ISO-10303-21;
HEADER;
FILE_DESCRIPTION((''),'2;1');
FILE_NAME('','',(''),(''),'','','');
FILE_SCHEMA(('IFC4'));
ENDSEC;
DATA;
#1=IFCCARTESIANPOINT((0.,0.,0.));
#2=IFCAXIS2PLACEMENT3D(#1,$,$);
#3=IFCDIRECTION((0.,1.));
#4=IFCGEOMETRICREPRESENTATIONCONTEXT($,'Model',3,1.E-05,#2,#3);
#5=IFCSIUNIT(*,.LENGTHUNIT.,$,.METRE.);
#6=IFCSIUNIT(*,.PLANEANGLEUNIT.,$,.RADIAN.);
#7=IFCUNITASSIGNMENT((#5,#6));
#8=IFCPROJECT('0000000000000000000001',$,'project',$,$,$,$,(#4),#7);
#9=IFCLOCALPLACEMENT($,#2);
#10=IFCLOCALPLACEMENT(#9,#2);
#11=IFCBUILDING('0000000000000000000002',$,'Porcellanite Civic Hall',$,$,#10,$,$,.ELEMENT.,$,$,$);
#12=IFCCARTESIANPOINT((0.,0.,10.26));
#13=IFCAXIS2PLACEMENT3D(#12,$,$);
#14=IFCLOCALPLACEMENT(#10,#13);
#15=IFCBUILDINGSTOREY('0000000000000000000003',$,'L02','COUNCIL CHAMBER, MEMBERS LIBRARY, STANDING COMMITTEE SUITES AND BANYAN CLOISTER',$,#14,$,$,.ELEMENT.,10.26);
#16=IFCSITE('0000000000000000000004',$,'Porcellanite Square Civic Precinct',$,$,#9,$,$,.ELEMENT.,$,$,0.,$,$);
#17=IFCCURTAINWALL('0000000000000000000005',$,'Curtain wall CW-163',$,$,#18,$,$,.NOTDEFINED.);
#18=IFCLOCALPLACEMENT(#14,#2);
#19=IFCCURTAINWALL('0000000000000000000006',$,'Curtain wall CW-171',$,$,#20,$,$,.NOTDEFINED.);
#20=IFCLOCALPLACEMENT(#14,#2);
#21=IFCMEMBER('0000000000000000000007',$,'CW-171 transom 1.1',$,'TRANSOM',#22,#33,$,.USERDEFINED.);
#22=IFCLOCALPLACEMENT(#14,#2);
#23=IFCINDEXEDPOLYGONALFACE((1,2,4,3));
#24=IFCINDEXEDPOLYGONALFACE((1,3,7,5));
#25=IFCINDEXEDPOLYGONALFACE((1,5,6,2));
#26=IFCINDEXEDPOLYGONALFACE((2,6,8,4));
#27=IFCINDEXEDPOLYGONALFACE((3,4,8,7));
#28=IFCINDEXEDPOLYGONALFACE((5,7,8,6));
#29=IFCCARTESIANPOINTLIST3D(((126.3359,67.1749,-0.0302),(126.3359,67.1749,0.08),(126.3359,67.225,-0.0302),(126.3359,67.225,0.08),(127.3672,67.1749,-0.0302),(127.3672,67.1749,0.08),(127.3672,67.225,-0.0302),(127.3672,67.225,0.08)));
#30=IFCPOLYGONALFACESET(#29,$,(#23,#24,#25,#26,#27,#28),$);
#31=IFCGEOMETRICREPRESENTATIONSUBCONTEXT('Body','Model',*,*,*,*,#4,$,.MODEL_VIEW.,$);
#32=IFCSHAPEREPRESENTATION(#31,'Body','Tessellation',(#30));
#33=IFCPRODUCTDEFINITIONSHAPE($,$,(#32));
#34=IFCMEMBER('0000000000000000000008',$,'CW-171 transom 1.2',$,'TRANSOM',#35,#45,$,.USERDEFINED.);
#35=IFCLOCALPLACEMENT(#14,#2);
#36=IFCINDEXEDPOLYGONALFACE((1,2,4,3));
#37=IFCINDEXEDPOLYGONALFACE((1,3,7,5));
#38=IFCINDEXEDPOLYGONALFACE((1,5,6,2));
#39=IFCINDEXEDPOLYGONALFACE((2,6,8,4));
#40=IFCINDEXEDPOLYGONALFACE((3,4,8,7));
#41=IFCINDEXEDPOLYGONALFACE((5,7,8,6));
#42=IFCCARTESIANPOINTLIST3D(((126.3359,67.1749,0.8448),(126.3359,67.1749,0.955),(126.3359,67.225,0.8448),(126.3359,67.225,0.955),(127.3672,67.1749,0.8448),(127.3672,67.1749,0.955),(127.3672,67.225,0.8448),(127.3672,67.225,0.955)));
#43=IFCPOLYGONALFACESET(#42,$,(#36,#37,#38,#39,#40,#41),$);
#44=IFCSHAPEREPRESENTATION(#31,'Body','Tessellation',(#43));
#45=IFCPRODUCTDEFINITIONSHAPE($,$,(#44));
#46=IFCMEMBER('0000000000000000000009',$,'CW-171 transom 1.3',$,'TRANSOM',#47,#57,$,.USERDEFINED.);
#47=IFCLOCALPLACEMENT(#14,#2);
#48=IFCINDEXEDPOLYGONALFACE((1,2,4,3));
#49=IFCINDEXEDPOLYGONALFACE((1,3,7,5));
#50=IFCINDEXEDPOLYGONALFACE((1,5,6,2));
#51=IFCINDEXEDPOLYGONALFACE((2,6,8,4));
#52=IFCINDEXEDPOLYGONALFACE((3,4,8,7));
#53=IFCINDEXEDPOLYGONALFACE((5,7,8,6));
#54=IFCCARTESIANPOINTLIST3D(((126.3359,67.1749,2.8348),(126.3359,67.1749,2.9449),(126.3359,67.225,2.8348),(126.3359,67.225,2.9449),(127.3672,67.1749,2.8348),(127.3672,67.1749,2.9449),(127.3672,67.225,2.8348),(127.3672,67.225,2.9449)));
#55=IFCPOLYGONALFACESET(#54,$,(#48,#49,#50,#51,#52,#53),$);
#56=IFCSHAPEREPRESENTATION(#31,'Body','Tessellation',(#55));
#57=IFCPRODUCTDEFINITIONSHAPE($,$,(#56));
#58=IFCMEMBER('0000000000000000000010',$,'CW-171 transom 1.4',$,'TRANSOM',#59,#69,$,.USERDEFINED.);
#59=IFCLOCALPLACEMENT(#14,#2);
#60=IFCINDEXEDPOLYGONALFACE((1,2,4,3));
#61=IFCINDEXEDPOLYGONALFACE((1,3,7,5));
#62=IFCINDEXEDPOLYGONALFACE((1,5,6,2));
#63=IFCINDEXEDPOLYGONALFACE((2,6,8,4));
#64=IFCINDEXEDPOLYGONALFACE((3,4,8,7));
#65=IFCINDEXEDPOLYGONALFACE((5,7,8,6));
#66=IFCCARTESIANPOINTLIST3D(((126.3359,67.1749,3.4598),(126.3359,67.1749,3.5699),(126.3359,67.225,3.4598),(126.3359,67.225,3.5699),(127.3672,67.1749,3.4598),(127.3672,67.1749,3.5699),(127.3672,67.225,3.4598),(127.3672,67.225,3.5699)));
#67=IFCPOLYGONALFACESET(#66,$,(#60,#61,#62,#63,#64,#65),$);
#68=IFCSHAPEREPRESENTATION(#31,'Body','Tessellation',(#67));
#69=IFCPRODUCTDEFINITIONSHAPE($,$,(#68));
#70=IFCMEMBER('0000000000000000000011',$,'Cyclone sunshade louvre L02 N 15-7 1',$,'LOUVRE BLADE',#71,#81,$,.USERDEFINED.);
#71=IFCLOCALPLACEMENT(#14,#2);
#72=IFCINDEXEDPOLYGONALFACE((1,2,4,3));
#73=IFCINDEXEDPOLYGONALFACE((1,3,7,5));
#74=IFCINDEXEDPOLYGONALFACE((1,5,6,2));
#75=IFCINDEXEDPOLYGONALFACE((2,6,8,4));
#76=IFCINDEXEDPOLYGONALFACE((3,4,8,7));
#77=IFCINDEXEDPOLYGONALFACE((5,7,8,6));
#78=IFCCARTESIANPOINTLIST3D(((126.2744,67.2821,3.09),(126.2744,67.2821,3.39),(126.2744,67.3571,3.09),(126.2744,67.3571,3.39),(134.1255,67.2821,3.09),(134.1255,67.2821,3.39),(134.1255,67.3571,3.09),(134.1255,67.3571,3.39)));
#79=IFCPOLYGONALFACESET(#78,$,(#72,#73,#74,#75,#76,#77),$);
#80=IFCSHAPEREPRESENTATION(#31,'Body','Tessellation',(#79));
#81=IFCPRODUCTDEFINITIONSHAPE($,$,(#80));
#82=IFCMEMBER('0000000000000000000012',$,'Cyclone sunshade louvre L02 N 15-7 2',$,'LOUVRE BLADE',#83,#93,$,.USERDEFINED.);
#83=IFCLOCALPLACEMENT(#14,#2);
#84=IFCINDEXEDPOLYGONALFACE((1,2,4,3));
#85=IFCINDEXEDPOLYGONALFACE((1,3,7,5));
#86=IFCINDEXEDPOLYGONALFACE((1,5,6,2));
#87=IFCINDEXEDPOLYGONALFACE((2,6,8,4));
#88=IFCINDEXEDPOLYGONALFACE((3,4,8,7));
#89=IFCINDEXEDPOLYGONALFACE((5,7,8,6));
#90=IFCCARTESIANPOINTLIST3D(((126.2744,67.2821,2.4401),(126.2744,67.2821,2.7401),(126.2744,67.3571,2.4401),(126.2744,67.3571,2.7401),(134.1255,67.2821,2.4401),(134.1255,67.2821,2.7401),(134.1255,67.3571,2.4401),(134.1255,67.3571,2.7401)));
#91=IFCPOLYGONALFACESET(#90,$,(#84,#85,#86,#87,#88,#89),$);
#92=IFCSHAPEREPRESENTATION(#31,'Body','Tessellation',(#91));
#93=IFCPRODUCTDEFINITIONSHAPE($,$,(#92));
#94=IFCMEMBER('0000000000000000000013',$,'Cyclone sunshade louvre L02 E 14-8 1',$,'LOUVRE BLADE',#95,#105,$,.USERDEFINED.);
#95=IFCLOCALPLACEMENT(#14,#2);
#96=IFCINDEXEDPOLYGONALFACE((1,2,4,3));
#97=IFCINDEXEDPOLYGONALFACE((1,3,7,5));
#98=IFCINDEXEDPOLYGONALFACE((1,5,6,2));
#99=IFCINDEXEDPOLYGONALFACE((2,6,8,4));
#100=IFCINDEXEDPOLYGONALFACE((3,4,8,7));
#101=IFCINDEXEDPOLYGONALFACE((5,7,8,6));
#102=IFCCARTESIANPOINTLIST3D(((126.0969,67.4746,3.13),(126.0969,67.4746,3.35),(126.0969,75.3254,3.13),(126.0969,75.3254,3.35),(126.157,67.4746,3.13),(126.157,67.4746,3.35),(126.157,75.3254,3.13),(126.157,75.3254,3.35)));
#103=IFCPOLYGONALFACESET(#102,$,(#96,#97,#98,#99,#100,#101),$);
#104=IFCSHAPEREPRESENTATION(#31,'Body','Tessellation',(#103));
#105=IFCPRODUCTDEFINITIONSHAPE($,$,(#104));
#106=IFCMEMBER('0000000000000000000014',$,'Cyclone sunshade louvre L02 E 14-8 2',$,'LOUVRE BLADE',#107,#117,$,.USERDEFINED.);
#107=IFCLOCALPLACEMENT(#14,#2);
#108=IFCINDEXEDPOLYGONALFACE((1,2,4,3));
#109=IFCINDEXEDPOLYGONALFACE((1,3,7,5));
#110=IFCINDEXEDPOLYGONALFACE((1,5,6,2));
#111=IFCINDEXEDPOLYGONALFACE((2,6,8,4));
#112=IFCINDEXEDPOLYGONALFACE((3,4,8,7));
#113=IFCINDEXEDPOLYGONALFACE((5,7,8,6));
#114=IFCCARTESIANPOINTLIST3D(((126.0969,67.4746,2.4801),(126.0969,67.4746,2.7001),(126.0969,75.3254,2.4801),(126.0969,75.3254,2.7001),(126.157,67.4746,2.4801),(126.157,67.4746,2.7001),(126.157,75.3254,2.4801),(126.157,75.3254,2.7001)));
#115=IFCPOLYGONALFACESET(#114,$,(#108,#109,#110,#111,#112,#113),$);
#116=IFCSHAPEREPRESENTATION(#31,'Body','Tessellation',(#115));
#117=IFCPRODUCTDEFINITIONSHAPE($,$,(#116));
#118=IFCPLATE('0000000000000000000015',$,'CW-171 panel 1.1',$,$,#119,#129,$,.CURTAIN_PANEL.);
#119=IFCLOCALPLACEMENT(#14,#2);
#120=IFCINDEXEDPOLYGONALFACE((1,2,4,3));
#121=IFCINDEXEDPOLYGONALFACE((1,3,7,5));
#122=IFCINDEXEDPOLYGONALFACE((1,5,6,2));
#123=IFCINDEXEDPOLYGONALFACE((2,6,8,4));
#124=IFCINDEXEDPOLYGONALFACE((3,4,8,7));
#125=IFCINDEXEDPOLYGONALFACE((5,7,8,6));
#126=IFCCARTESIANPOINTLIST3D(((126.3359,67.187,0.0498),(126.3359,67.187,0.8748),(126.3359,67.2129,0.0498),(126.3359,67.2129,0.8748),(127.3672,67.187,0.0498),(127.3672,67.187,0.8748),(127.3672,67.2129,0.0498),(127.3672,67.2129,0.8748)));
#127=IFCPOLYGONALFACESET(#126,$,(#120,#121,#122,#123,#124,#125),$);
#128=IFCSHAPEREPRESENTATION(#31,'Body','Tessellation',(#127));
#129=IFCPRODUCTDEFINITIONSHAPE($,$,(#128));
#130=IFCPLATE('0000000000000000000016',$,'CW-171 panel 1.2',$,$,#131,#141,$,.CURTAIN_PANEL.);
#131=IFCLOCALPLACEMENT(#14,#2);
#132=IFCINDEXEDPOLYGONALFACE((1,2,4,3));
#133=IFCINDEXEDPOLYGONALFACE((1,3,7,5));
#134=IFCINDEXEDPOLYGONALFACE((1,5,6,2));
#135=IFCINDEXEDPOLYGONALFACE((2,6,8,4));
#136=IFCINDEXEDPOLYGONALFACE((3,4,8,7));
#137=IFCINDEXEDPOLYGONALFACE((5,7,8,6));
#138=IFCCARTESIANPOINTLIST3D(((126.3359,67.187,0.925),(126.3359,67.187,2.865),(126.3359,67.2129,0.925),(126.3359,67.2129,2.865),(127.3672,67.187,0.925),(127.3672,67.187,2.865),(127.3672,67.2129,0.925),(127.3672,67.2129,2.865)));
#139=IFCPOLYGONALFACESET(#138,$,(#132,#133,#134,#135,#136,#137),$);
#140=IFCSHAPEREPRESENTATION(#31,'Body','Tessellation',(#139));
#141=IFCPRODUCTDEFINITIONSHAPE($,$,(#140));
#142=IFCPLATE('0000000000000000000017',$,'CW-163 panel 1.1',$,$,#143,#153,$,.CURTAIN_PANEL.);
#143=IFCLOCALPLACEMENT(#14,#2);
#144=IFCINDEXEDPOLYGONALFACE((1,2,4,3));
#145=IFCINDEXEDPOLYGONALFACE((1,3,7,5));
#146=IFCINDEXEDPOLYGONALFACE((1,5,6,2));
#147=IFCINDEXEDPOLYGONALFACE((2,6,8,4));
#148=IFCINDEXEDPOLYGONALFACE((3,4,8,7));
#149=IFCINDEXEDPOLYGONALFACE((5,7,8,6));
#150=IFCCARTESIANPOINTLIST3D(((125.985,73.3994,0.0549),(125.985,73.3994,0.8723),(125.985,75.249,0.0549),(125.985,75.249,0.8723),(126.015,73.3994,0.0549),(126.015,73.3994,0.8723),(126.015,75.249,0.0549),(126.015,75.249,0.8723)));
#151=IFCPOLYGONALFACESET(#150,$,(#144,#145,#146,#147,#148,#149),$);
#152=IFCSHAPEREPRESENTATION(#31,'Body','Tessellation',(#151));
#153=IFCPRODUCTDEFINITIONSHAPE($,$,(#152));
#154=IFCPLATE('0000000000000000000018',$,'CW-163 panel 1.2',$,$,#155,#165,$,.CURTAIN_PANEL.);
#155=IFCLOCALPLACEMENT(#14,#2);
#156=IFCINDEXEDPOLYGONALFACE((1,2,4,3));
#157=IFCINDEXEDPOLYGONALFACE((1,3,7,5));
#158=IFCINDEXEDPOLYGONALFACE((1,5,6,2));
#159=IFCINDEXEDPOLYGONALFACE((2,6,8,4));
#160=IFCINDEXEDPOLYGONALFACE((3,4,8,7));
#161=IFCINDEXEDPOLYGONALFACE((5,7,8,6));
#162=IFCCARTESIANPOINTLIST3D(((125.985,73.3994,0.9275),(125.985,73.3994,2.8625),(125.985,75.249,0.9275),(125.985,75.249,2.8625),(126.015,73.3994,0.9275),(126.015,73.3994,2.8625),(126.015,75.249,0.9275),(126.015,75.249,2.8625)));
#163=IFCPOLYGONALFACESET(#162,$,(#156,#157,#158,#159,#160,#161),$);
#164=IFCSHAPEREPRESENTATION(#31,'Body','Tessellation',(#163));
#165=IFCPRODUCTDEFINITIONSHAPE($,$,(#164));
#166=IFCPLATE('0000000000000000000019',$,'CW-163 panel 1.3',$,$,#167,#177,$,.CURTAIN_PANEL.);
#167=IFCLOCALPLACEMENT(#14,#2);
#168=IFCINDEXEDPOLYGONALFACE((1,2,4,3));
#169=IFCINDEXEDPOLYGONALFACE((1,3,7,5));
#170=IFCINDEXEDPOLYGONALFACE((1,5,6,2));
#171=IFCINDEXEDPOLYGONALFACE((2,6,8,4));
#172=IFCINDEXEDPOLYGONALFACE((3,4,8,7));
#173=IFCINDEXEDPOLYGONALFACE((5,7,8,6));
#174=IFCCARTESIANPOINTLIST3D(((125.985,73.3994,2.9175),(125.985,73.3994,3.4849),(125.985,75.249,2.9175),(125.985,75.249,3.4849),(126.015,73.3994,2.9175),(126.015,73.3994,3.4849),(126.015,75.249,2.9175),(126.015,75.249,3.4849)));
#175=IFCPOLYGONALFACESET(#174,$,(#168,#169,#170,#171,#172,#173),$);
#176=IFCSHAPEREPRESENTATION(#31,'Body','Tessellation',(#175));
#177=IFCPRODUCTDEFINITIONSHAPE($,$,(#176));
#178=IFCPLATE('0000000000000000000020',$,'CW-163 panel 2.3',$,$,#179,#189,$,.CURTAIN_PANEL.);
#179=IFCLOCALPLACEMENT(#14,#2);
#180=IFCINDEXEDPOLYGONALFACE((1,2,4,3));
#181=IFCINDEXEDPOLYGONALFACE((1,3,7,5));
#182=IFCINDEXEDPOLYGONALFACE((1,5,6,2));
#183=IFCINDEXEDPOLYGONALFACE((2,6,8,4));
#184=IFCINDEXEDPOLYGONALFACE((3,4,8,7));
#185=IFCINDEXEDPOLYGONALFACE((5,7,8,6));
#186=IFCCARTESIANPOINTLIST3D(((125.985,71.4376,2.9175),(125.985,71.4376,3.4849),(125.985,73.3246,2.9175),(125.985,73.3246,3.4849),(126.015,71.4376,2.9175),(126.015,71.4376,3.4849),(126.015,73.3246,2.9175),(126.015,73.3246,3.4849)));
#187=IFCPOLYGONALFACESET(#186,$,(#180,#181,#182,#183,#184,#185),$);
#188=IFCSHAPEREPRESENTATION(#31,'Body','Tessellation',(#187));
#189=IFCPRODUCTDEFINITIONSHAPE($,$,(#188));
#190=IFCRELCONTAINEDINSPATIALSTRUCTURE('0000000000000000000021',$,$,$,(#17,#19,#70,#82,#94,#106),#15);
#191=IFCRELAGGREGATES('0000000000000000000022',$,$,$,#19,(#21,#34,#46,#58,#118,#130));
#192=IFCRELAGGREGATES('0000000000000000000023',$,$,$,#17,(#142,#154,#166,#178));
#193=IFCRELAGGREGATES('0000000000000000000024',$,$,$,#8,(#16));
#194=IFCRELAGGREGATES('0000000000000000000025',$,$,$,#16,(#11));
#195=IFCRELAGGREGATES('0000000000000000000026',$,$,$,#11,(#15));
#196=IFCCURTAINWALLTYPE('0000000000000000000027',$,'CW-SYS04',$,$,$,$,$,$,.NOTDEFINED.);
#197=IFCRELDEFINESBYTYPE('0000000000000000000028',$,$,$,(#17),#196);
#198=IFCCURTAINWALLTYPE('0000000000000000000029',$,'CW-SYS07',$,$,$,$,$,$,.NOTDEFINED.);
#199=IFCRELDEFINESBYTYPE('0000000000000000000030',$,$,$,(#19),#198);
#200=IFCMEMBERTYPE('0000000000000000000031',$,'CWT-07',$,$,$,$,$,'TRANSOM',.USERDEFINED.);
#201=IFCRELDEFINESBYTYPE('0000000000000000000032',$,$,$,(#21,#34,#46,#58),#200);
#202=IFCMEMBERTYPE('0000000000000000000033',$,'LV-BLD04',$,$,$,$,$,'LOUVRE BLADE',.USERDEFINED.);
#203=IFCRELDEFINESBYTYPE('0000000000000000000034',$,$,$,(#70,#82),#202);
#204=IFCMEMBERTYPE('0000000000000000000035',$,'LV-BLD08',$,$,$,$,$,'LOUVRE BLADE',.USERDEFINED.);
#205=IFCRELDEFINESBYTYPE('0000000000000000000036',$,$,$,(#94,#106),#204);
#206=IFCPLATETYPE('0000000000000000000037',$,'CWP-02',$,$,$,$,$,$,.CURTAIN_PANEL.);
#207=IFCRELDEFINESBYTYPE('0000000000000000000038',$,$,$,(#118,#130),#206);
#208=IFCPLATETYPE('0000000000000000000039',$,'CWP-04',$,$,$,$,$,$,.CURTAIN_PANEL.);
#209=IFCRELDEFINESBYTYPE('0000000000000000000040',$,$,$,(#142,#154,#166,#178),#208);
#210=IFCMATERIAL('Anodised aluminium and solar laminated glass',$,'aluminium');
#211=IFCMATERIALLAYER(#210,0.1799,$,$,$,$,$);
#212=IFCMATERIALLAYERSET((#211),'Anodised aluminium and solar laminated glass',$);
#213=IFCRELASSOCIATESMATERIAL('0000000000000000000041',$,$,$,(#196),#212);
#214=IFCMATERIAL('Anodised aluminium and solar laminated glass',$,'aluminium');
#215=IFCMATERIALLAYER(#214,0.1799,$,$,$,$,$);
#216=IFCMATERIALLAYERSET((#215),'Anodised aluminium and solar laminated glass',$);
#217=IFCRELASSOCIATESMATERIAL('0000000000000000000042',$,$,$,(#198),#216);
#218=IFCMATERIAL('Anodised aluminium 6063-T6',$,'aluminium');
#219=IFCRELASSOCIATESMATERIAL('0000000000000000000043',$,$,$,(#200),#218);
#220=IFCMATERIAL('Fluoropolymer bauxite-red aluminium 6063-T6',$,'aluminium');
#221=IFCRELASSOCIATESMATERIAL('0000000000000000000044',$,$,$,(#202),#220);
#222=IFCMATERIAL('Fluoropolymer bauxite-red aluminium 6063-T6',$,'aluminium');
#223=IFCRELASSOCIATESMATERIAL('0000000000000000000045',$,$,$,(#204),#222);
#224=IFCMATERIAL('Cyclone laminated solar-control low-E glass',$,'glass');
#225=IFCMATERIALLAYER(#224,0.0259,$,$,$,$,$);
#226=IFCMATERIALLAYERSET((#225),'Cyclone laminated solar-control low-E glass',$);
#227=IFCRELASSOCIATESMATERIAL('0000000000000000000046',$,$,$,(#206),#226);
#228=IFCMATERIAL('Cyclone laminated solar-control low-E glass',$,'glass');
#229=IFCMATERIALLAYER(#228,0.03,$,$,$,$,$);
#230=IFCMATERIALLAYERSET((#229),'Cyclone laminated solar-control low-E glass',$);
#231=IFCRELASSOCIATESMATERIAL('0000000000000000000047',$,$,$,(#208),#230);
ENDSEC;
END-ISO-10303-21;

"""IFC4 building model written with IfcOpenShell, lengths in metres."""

from ifc_helpers import new_model, si_unit, direction, frame, origin, origin_2d, place, context, subcontext, project, spatial, rectangle, extrude, material, layer, layer_set, material_profile, profile_set, type_object, element, aggregate, save


model = new_model("IFC4")

# Units and contexts
model_context = context("Model", 3, precision=1e-05, world=origin(), true_north=direction((0.0, 1.0)))
body_context = subcontext(model_context, "Body", "Model", "MODEL_VIEW")
ifc_project = project(units=[si_unit("LENGTHUNIT", "METRE"), si_unit("PLANEANGLEUNIT", "RADIAN")], contexts=[model_context])

# Site, building, storey
site_placement = place(None, origin())
site = spatial("IfcSite", under=ifc_project, at=site_placement, Name="Porcellanite Square Civic Precinct", CompositionType="ELEMENT", RefElevation=0.0)
building_placement = place(site_placement, origin())
building = spatial("IfcBuilding", under=site, at=building_placement, Name="Porcellanite Civic Hall", CompositionType="ELEMENT")
storey_placement = place(building_placement, frame((0.0, 0.0, 10.26)))
storey = spatial("IfcBuildingStorey", under=building, at=storey_placement, Name="L02", Description="COUNCIL CHAMBER, MEMBERS LIBRARY, STANDING COMMITTEE SUITES AND BANYAN CLOISTER", CompositionType="ELEMENT", Elevation=10.26)

# Curtain wall
ifc_material_1 = material(Name="Anodised aluminium and solar laminated glass", Category="aluminium")
ifc_layer_1 = layer(ifc_material_1, 0.1799)
ifc_layer_set_1 = layer_set([ifc_layer_1], Name="Anodised aluminium and solar laminated glass")
curtain_wall_type_1 = type_object("IfcCurtainWallType", Name="CW-SYS04", PredefinedType="NOTDEFINED", material=ifc_layer_set_1)
curtain_wall_1_placement = place(storey_placement, origin())
curtain_wall_1 = element("IfcCurtainWall", 1, at=curtain_wall_1_placement, inside=storey, type_object=curtain_wall_type_1, Name="Curtain wall CW-163", PredefinedType="NOTDEFINED")

# Curtain wall
ifc_material_2 = material(Name="Anodised aluminium and solar laminated glass", Category="aluminium")
ifc_layer_2 = layer(ifc_material_2, 0.1799)
ifc_layer_set_2 = layer_set([ifc_layer_2], Name="Anodised aluminium and solar laminated glass")
curtain_wall_type_2 = type_object("IfcCurtainWallType", Name="CW-SYS07", PredefinedType="NOTDEFINED", material=ifc_layer_set_2)
curtain_wall_2_placement = place(storey_placement, origin())
curtain_wall_2 = element("IfcCurtainWall", 2, at=curtain_wall_2_placement, inside=storey, type_object=curtain_wall_type_2, Name="Curtain wall CW-171", PredefinedType="NOTDEFINED")

# Members
ifc_material_3 = material(Name="Anodised aluminium 6063-T6", Category="aluminium")
ifc_material_profile_1 = material_profile(ifc_material_3, rectangle(XDim=0.05, YDim=0.1101, at=origin_2d()), Name="AL-50x110")
ifc_profile_set_1 = profile_set([ifc_material_profile_1], Name="Anodised aluminium 6063-T6")
member_type_1 = type_object("IfcMemberType", Name="CWT-07", ElementType="TRANSOM", PredefinedType="USERDEFINED", material=ifc_profile_set_1)
member_1_placement = place(storey_placement, frame((126.3359, 67.2, 0.0249), z_axis=(1.0, 0.0, 0.0), x_axis=(0.0, 1.0, 0.0)))
member_1 = element("IfcMember", 3, at=member_1_placement, type_object=member_type_1, Name="CW-171 transom 1.1", ObjectType="TRANSOM", PredefinedType="USERDEFINED", context=body_context, shape_type="SweptSolid", body=[
    extrude(rectangle(XDim=0.05, YDim=0.1101, at=origin_2d()), origin(), (0.0, 0.0, 1.0), 1.0312),
])
member_2_placement = place(storey_placement, frame((126.3359, 67.2, 0.8999), z_axis=(1.0, 0.0, 0.0), x_axis=(0.0, 1.0, 0.0)))
member_2 = element("IfcMember", 4, at=member_2_placement, type_object=member_type_1, Name="CW-171 transom 1.2", ObjectType="TRANSOM", PredefinedType="USERDEFINED", context=body_context, shape_type="SweptSolid", body=[
    extrude(rectangle(XDim=0.05, YDim=0.1101, at=origin_2d()), origin(), (0.0, 0.0, 1.0), 1.0312),
])
member_3_placement = place(storey_placement, frame((126.3359, 67.2, 2.8899), z_axis=(1.0, 0.0, 0.0), x_axis=(0.0, 1.0, 0.0)))
member_3 = element("IfcMember", 5, at=member_3_placement, type_object=member_type_1, Name="CW-171 transom 1.3", ObjectType="TRANSOM", PredefinedType="USERDEFINED", context=body_context, shape_type="SweptSolid", body=[
    extrude(rectangle(XDim=0.05, YDim=0.1101, at=origin_2d()), origin(), (0.0, 0.0, 1.0), 1.0312),
])
member_4_placement = place(storey_placement, frame((126.3359, 67.2, 3.5149), z_axis=(1.0, 0.0, 0.0), x_axis=(0.0, 1.0, 0.0)))
member_4 = element("IfcMember", 6, at=member_4_placement, type_object=member_type_1, Name="CW-171 transom 1.4", ObjectType="TRANSOM", PredefinedType="USERDEFINED", context=body_context, shape_type="SweptSolid", body=[
    extrude(rectangle(XDim=0.05, YDim=0.1101, at=origin_2d()), origin(), (0.0, 0.0, 1.0), 1.0312),
])

# Members
ifc_material_4 = material(Name="Fluoropolymer bauxite-red aluminium 6063-T6", Category="aluminium")
ifc_material_profile_2 = material_profile(ifc_material_4, rectangle(XDim=0.075, YDim=0.3, at=origin_2d()), Name="AL-75x300")
ifc_profile_set_2 = profile_set([ifc_material_profile_2], Name="Fluoropolymer bauxite-red aluminium 6063-T6")
member_type_2 = type_object("IfcMemberType", Name="LV-BLD04", ElementType="LOUVRE BLADE", PredefinedType="USERDEFINED", material=ifc_profile_set_2)
for number, where, z_axis, x_axis, name in (
    (7, (126.2744, 67.3196, 3.24), (1.0, 0.0, 0.0), (0.0, 1.0, 0.0), "Cyclone sunshade louvre L02 N 15-7 1"),
    (8, (126.2744, 67.3196, 2.5901), (1.0, 0.0, 0.0), (0.0, 1.0, 0.0), "Cyclone sunshade louvre L02 N 15-7 2"),
):
    element("IfcMember", number, at=place(storey_placement, frame(where, z_axis=z_axis, x_axis=x_axis)), inside=storey, type_object=member_type_2, Name=name, ObjectType="LOUVRE BLADE", PredefinedType="USERDEFINED", context=body_context, shape_type="SweptSolid", body=[
        extrude(rectangle(XDim=0.075, YDim=0.3, at=origin_2d()), origin(), (0.0, 0.0, 1.0), 7.8511),
    ])
ifc_material_5 = material(Name="Fluoropolymer bauxite-red aluminium 6063-T6", Category="aluminium")
ifc_material_profile_3 = material_profile(ifc_material_5, rectangle(XDim=0.0601, YDim=0.22, at=origin_2d()), Name="AL-60x220")
ifc_profile_set_3 = profile_set([ifc_material_profile_3], Name="Fluoropolymer bauxite-red aluminium 6063-T6")
member_type_3 = type_object("IfcMemberType", Name="LV-BLD08", ElementType="LOUVRE BLADE", PredefinedType="USERDEFINED", material=ifc_profile_set_3)
for number, where, z_axis, x_axis, name in (
    (9, (126.127, 75.3254, 3.24), (0.0, -1.0, 0.0), (1.0, 0.0, 0.0), "Cyclone sunshade louvre L02 E 14-8 1"),
    (10, (126.127, 75.3254, 2.5901), (0.0, -1.0, 0.0), (1.0, 0.0, 0.0), "Cyclone sunshade louvre L02 E 14-8 2"),
):
    element("IfcMember", number, at=place(storey_placement, frame(where, z_axis=z_axis, x_axis=x_axis)), inside=storey, type_object=member_type_3, Name=name, ObjectType="LOUVRE BLADE", PredefinedType="USERDEFINED", context=body_context, shape_type="SweptSolid", body=[
        extrude(rectangle(XDim=0.0601, YDim=0.22, at=origin_2d()), origin(), (0.0, 0.0, 1.0), 7.8508),
    ])

# Plates
ifc_material_6 = material(Name="Cyclone laminated solar-control low-E glass", Category="glass")
ifc_layer_3 = layer(ifc_material_6, 0.0259)
ifc_layer_set_3 = layer_set([ifc_layer_3], Name="Cyclone laminated solar-control low-E glass")
plate_type_1 = type_object("IfcPlateType", Name="CWP-02", PredefinedType="CURTAIN_PANEL", material=ifc_layer_set_3)
plate_1_placement = place(storey_placement, frame((126.8516, 67.2, 0.0498), z_axis=(0.0, 0.0, 1.0), x_axis=(1.0, 0.0, 0.0)))
plate_1 = element("IfcPlate", 11, at=plate_1_placement, type_object=plate_type_1, Name="CW-171 panel 1.1", PredefinedType="CURTAIN_PANEL", context=body_context, shape_type="SweptSolid", body=[
    extrude(rectangle(XDim=1.0312, YDim=0.0259, at=origin_2d()), origin(), (0.0, 0.0, 1.0), 0.825),
])
plate_2_placement = place(storey_placement, frame((126.8516, 67.2, 0.925), z_axis=(0.0, 0.0, 1.0), x_axis=(1.0, 0.0, 0.0)))
plate_2 = element("IfcPlate", 12, at=plate_2_placement, type_object=plate_type_1, Name="CW-171 panel 1.2", PredefinedType="CURTAIN_PANEL", context=body_context, shape_type="SweptSolid", body=[
    extrude(rectangle(XDim=1.0312, YDim=0.0259, at=origin_2d()), origin(), (0.0, 0.0, 1.0), 1.9399),
])
aggregate(curtain_wall_2, [member_1, member_2, member_3, member_4, plate_1, plate_2])
ifc_material_7 = material(Name="Cyclone laminated solar-control low-E glass", Category="glass")
ifc_layer_4 = layer(ifc_material_7, 0.03)
ifc_layer_set_4 = layer_set([ifc_layer_4], Name="Cyclone laminated solar-control low-E glass")
plate_type_2 = type_object("IfcPlateType", Name="CWP-04", PredefinedType="CURTAIN_PANEL", material=ifc_layer_set_4)
plate_3_placement = place(storey_placement, frame((126.0, 74.3242, 0.0549), z_axis=(0.0, 0.0, 1.0), x_axis=(0.0, -1.0, 0.0)))
plate_3 = element("IfcPlate", 13, at=plate_3_placement, type_object=plate_type_2, Name="CW-163 panel 1.1", PredefinedType="CURTAIN_PANEL", context=body_context, shape_type="SweptSolid", body=[
    extrude(rectangle(XDim=1.8496, YDim=0.03, at=origin_2d()), origin(), (0.0, 0.0, 1.0), 0.8174),
])
plate_4_placement = place(storey_placement, frame((126.0, 74.3242, 0.9275), z_axis=(0.0, 0.0, 1.0), x_axis=(0.0, -1.0, 0.0)))
plate_4 = element("IfcPlate", 14, at=plate_4_placement, type_object=plate_type_2, Name="CW-163 panel 1.2", PredefinedType="CURTAIN_PANEL", context=body_context, shape_type="SweptSolid", body=[
    extrude(rectangle(XDim=1.8496, YDim=0.03, at=origin_2d()), origin(), (0.0, 0.0, 1.0), 1.9351),
])
plate_5_placement = place(storey_placement, frame((126.0, 74.3242, 2.9175), z_axis=(0.0, 0.0, 1.0), x_axis=(0.0, -1.0, 0.0)))
plate_5 = element("IfcPlate", 15, at=plate_5_placement, type_object=plate_type_2, Name="CW-163 panel 1.3", PredefinedType="CURTAIN_PANEL", context=body_context, shape_type="SweptSolid", body=[
    extrude(rectangle(XDim=1.8496, YDim=0.03, at=origin_2d()), origin(), (0.0, 0.0, 1.0), 0.5674),
])
plate_6_placement = place(storey_placement, frame((126.0, 72.3811, 2.9175), z_axis=(0.0, 0.0, 1.0), x_axis=(0.0, -1.0, 0.0)))
plate_6 = element("IfcPlate", 16, at=plate_6_placement, type_object=plate_type_2, Name="CW-163 panel 2.3", PredefinedType="CURTAIN_PANEL", context=body_context, shape_type="SweptSolid", body=[
    extrude(rectangle(XDim=1.887, YDim=0.03, at=origin_2d()), origin(), (0.0, 0.0, 1.0), 0.5674),
])
aggregate(curtain_wall_1, [plate_3, plate_4, plate_5, plate_6])

save(model, "model.ifc")
